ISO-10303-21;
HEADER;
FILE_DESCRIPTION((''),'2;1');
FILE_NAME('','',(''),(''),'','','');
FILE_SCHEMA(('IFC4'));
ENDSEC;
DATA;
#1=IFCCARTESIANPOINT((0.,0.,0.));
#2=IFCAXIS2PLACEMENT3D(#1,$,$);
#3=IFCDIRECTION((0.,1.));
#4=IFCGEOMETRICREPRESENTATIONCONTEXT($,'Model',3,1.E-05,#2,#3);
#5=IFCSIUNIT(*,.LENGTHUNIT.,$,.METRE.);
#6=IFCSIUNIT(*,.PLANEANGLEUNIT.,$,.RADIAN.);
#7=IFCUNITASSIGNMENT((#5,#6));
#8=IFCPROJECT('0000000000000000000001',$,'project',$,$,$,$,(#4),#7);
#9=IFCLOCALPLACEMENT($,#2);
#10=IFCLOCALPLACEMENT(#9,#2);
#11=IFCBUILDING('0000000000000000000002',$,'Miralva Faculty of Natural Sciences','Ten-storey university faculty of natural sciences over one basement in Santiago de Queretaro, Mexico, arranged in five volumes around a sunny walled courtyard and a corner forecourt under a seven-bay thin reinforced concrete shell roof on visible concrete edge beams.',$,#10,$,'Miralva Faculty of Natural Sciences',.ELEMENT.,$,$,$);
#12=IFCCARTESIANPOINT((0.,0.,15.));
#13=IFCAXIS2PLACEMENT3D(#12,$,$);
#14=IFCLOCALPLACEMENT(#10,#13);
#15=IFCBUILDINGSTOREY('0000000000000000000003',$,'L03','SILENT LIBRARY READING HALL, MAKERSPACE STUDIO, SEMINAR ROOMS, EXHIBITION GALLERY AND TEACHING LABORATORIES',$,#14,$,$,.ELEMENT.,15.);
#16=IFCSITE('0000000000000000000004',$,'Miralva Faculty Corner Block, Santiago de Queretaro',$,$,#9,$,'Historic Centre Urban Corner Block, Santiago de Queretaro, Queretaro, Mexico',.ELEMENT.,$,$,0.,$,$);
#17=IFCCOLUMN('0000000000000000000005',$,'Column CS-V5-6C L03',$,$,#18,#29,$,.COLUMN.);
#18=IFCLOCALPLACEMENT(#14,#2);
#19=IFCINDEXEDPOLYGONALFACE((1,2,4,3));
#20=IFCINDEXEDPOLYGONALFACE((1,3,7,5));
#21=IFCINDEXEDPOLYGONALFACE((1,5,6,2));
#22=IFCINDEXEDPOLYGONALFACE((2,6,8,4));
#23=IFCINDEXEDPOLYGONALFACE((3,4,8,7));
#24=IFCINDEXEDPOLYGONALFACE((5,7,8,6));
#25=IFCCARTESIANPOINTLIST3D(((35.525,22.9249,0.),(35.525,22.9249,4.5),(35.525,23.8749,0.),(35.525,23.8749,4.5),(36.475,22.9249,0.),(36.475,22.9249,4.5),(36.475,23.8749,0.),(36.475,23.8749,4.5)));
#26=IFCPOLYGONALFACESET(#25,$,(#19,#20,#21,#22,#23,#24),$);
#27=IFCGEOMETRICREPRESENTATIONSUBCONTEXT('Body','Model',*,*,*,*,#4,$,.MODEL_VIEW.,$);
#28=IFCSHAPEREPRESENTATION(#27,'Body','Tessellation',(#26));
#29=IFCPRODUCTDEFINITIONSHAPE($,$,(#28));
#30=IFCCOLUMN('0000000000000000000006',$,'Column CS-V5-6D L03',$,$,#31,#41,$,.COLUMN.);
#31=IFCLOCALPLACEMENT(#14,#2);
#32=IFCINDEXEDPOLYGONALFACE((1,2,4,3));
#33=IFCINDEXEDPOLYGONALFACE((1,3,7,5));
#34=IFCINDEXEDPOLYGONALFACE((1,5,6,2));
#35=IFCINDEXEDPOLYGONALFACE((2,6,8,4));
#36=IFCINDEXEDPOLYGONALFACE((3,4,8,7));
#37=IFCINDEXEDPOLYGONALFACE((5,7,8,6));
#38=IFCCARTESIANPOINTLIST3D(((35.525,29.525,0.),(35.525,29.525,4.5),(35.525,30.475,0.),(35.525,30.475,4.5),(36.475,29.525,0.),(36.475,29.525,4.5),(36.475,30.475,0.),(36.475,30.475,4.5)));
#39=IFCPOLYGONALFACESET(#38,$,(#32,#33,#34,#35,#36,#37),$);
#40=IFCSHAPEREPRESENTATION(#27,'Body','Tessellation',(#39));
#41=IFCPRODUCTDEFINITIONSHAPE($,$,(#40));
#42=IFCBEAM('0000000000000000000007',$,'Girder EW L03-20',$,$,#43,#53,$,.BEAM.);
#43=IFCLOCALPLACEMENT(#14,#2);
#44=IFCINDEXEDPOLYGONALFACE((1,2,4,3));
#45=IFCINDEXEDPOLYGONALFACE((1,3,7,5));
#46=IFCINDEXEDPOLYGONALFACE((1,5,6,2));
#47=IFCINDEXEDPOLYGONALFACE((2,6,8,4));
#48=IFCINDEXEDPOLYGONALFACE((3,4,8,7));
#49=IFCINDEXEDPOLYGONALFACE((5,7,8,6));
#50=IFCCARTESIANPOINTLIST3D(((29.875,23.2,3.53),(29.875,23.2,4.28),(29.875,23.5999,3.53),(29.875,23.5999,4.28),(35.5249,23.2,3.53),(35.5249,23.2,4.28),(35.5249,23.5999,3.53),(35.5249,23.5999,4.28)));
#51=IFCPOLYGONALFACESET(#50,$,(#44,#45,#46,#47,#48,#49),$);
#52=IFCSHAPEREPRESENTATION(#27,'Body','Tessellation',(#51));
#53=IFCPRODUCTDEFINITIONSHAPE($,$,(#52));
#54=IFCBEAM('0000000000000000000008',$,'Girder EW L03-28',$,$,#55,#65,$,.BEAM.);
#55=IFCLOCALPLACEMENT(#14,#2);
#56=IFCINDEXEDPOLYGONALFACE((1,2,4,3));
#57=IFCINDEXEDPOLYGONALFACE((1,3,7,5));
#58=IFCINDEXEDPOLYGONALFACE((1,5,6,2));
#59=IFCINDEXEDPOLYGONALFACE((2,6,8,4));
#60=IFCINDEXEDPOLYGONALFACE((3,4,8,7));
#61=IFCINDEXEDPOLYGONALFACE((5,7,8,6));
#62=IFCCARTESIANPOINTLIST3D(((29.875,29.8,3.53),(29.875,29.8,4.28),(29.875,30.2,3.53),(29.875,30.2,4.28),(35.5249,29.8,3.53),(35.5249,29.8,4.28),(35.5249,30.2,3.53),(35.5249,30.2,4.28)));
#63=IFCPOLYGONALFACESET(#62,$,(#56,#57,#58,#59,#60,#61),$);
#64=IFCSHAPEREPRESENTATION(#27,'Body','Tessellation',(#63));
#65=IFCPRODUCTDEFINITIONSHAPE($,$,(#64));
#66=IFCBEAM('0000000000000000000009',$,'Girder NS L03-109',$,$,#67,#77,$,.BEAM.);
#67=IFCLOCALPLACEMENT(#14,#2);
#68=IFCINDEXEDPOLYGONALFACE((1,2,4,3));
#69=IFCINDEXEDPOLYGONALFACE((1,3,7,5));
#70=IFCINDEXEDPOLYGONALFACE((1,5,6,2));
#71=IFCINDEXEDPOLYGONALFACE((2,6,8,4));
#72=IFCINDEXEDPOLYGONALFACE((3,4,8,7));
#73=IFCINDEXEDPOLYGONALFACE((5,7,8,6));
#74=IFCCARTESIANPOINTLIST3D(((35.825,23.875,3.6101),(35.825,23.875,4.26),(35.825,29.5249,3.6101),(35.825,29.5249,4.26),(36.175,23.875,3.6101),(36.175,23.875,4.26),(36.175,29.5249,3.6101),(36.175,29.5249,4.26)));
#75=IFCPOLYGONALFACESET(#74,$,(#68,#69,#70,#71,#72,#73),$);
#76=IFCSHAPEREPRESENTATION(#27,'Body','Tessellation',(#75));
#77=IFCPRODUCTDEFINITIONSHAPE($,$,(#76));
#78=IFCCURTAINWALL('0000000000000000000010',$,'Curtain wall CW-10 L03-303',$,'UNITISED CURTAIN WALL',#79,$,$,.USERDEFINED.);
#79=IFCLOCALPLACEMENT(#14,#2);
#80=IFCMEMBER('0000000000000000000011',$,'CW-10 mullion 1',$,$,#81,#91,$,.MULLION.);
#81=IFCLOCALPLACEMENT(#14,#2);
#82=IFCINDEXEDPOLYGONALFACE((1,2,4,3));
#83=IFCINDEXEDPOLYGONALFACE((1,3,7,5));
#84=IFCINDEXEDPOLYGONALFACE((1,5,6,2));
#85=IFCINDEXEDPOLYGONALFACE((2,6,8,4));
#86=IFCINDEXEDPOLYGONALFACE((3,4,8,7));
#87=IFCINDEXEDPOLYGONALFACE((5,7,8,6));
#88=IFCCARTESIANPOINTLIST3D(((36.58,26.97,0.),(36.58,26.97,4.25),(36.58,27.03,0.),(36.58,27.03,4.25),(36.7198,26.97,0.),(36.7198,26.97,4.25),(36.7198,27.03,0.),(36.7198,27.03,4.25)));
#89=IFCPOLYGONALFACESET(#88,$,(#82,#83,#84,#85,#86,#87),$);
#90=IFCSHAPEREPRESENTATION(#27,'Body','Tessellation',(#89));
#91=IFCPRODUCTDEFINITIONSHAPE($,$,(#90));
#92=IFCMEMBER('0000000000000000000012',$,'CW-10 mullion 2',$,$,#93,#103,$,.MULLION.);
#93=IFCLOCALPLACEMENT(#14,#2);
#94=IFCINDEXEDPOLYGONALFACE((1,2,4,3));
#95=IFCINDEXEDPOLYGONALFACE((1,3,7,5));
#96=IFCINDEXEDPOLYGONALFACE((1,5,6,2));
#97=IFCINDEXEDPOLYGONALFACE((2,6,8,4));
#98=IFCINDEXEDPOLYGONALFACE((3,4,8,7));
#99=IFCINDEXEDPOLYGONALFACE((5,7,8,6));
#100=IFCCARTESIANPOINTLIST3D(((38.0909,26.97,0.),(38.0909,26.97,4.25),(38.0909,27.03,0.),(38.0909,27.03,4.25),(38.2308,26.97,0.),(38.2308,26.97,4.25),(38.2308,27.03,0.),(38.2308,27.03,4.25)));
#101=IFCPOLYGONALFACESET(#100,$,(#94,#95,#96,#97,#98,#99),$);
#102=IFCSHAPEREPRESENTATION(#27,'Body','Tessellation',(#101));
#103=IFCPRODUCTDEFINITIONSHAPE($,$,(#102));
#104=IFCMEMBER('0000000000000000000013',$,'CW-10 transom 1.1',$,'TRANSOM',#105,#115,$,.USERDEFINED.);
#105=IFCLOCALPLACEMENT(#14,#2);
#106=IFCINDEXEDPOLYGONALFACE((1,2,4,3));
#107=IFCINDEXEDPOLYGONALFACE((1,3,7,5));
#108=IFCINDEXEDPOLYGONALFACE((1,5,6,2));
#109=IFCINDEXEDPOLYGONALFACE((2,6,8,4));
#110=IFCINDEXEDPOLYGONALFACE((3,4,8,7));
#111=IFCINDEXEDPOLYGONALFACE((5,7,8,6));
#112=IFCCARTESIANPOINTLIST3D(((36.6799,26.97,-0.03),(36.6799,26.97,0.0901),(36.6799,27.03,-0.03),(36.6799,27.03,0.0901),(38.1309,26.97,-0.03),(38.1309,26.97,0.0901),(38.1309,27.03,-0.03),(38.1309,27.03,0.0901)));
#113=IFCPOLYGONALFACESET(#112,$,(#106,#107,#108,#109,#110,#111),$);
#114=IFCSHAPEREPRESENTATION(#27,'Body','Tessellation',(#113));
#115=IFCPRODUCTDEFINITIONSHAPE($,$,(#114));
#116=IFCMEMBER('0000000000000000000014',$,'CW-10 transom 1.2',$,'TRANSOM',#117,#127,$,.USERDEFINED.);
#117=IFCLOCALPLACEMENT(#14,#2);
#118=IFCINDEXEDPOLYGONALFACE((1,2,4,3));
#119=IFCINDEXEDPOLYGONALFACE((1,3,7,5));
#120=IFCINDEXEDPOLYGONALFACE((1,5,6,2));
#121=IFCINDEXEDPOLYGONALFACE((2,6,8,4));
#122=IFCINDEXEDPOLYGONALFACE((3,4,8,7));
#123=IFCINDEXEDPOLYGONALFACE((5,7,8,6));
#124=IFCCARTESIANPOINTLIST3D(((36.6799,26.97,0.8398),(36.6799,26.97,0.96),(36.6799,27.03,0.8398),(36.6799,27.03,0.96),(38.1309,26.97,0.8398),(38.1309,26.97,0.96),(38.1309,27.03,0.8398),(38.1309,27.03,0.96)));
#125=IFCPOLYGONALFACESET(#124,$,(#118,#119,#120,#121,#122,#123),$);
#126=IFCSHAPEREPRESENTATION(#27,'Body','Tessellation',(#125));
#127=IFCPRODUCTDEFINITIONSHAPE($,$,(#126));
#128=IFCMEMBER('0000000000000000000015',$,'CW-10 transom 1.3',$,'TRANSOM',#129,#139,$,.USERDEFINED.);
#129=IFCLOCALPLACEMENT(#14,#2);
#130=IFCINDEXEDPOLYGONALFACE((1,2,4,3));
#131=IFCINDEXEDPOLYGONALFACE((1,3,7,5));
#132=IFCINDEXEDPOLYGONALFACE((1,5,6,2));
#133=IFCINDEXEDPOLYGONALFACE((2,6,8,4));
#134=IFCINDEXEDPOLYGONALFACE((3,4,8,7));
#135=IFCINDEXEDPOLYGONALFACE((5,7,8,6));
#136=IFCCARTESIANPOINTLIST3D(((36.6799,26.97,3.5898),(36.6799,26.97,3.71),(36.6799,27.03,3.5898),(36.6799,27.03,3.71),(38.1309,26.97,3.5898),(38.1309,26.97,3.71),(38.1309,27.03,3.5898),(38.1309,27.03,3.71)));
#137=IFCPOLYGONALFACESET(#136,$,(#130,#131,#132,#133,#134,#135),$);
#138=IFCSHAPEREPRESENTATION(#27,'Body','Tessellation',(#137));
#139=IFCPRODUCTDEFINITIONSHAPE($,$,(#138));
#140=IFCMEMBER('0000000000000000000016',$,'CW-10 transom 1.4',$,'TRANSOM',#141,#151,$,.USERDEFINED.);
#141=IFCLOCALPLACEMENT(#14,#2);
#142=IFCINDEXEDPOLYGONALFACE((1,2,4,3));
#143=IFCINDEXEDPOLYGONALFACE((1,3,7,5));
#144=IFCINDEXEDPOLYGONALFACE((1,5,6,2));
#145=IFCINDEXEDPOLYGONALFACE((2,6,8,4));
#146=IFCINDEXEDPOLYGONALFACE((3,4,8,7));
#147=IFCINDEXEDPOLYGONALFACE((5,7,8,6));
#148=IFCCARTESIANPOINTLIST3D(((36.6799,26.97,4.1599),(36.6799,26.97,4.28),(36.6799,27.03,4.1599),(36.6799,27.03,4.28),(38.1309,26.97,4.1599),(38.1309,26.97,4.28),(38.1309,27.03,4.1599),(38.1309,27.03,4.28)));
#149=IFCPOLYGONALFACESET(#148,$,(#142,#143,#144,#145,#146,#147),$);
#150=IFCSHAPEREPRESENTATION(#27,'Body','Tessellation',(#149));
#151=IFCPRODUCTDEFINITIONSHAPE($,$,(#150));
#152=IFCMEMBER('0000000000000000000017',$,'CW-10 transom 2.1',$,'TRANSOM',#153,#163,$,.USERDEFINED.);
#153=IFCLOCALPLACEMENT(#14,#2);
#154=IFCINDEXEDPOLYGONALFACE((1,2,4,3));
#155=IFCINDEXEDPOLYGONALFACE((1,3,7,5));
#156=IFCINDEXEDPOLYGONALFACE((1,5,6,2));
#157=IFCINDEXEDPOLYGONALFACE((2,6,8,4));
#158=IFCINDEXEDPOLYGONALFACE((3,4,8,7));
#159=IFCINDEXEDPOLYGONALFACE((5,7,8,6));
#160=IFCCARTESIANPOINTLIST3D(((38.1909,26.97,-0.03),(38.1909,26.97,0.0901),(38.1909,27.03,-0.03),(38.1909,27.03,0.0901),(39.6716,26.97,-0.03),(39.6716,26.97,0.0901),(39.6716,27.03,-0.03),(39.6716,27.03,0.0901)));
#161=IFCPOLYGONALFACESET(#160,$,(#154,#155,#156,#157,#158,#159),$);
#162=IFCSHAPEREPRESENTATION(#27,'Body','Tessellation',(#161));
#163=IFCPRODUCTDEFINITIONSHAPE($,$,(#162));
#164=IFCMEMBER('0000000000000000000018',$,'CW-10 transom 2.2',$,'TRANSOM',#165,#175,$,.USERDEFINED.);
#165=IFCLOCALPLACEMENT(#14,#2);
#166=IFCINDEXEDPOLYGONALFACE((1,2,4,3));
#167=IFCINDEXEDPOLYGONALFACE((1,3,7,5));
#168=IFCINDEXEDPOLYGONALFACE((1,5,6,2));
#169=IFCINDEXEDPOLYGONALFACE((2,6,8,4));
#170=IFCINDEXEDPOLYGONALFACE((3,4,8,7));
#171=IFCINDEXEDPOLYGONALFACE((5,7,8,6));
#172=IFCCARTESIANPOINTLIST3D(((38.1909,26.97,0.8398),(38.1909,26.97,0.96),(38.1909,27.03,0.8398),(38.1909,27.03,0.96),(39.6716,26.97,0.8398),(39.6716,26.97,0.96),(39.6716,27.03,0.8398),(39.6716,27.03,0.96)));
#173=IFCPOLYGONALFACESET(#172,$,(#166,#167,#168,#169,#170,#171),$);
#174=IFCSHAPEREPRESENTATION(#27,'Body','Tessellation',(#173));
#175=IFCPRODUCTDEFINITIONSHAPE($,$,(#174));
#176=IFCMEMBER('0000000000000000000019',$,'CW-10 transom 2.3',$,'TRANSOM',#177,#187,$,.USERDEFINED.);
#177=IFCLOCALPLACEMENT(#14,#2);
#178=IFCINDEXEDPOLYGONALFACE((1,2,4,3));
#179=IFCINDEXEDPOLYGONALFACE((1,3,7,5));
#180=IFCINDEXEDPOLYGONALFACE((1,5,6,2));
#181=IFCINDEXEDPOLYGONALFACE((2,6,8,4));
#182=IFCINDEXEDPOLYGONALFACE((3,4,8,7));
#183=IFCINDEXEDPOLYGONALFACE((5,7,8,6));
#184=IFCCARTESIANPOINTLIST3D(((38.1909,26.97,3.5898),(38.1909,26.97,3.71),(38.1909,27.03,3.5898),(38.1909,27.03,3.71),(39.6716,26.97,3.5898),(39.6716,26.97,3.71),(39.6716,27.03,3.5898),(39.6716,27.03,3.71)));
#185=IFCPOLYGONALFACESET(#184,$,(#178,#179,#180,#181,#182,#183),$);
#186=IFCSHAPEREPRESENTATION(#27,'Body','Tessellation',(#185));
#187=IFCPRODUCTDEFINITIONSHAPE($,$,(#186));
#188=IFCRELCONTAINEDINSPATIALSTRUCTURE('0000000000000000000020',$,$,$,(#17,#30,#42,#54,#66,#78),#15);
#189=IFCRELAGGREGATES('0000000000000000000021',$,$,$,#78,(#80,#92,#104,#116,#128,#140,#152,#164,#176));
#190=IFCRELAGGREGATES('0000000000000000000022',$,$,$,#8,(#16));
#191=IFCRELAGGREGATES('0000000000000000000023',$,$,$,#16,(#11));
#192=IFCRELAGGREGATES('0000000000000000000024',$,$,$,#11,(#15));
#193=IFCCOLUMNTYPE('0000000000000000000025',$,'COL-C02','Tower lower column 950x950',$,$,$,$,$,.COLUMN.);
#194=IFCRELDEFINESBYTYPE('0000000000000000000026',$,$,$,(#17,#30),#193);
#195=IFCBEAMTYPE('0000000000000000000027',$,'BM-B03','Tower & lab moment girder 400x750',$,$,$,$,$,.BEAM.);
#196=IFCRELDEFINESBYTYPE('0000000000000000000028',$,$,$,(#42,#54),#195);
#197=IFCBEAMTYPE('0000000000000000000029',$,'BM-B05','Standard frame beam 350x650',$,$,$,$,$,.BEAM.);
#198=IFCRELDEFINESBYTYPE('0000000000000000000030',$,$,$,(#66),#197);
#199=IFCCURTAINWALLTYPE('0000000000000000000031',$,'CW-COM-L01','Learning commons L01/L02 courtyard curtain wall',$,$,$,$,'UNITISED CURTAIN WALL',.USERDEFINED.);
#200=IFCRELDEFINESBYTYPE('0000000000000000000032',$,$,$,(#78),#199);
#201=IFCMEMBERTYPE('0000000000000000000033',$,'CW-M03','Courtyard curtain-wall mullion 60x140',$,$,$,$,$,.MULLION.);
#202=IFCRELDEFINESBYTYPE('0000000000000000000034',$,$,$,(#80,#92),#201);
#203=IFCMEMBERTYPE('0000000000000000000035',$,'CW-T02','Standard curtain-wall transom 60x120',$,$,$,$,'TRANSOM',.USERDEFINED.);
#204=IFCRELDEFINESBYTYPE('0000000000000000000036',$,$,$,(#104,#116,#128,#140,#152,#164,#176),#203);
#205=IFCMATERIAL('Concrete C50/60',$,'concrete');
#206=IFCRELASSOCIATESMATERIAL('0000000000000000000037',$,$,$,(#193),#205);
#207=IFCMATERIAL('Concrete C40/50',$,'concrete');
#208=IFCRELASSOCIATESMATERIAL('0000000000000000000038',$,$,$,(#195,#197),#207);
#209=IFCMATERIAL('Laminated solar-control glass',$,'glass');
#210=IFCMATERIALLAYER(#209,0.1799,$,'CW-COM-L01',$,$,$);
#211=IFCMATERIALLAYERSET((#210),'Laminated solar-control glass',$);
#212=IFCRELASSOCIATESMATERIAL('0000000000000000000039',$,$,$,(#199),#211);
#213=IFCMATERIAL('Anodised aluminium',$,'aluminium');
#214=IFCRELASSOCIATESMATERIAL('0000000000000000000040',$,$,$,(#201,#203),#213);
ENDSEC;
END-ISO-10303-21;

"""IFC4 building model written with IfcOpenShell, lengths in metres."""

from ifc_helpers import new_model, si_unit, direction, frame, origin, origin_2d, place, context, subcontext, project, spatial, rectangle, extrude, material, layer, layer_set, material_profile, profile_set, type_object, element, aggregate, save


model = new_model("IFC4")

# Units and contexts
model_context = context("Model", 3, precision=1e-05, world=origin(), true_north=direction((0.0, 1.0)))
body_context = subcontext(model_context, "Body", "Model", "MODEL_VIEW")
ifc_project = project(units=[si_unit("LENGTHUNIT", "METRE"), si_unit("PLANEANGLEUNIT", "RADIAN")], contexts=[model_context])

# Site, building, storey
site_placement = place(None, origin())
site = spatial("IfcSite", under=ifc_project, at=site_placement, Name="Miralva Faculty Corner Block, Santiago de Queretaro", LongName="Historic Centre Urban Corner Block, Santiago de Queretaro, Queretaro, Mexico", CompositionType="ELEMENT", RefElevation=0.0)
building_placement = place(site_placement, origin())
building = spatial("IfcBuilding", under=site, at=building_placement, Name="Miralva Faculty of Natural Sciences", Description="Ten-storey university faculty of natural sciences over one basement in Santiago de Queretaro, Mexico, arranged in five volumes around a sunny walled courtyard and a corner forecourt under a seven-bay thin reinforced concrete shell roof on visible concrete edge beams.", LongName="Miralva Faculty of Natural Sciences", CompositionType="ELEMENT")
storey_placement = place(building_placement, frame((0.0, 0.0, 15.0)))
storey = spatial("IfcBuildingStorey", under=building, at=storey_placement, Name="L03", Description="SILENT LIBRARY READING HALL, MAKERSPACE STUDIO, SEMINAR ROOMS, EXHIBITION GALLERY AND TEACHING LABORATORIES", CompositionType="ELEMENT", Elevation=15.0)

# Columns
ifc_material_1 = material(Name="Concrete C50/60", Category="concrete")
ifc_material_profile_1 = material_profile(ifc_material_1, rectangle(XDim=0.95, YDim=0.95, at=origin_2d()), Name="RC 950x950")
ifc_profile_set_1 = profile_set([ifc_material_profile_1], Name="Concrete C50/60")
column_type = type_object("IfcColumnType", Name="COL-C02", Description="Tower lower column 950x950", PredefinedType="COLUMN", material=ifc_profile_set_1)
for number, where, z_axis, x_axis, name in (
    (1, (36.0, 23.3999, 0.0), (0.0, 0.0, 1.0), (1.0, 0.0, 0.0), "Column CS-V5-6C L03"),
    (2, (36.0, 30.0, 0.0), (0.0, 0.0, 1.0), (1.0, 0.0, 0.0), "Column CS-V5-6D L03"),
):
    element("IfcColumn", number, at=place(storey_placement, frame(where, z_axis=z_axis, x_axis=x_axis)), inside=storey, type_object=column_type, Name=name, PredefinedType="COLUMN", context=body_context, shape_type="SweptSolid", body=[
        extrude(rectangle(XDim=0.95, YDim=0.95, at=origin_2d()), origin(), (0.0, 0.0, 1.0), 4.5),
    ])

# Beams
ifc_material_2 = material(Name="Concrete C40/50", Category="concrete")
ifc_material_profile_2 = material_profile(ifc_material_2, rectangle(XDim=0.3999, YDim=0.75, at=origin_2d()), Name="RC 400x750")
ifc_profile_set_2 = profile_set([ifc_material_profile_2], Name="Concrete C40/50")
beam_type_1 = type_object("IfcBeamType", Name="BM-B03", Description="Tower & lab moment girder 400x750", PredefinedType="BEAM", material=ifc_profile_set_2)
for number, where, z_axis, x_axis, name in (
    (3, (29.875, 23.3999, 3.905), (1.0, 0.0, 0.0), (0.0, 1.0, 0.0), "Girder EW L03-20"),
    (4, (29.875, 30.0, 3.905), (1.0, 0.0, 0.0), (0.0, 1.0, 0.0), "Girder EW L03-28"),
):
    element("IfcBeam", number, at=place(storey_placement, frame(where, z_axis=z_axis, x_axis=x_axis)), inside=storey, type_object=beam_type_1, Name=name, PredefinedType="BEAM", context=body_context, shape_type="SweptSolid", body=[
        extrude(rectangle(XDim=0.3999, YDim=0.75, at=origin_2d()), origin(), (0.0, 0.0, 1.0), 5.6499),
    ])
ifc_material_profile_3 = material_profile(ifc_material_2, rectangle(XDim=0.3501, YDim=0.6499, at=origin_2d()), Name="RC 350x650")
ifc_profile_set_3 = profile_set([ifc_material_profile_3], Name="Concrete C40/50")
beam_type_2 = type_object("IfcBeamType", Name="BM-B05", Description="Standard frame beam 350x650", PredefinedType="BEAM", material=ifc_profile_set_3)
beam_placement = place(storey_placement, frame((36.0, 23.875, 3.9351), z_axis=(0.0, 1.0, 0.0), x_axis=(-1.0, 0.0, 0.0)))
element("IfcBeam", 5, at=beam_placement, inside=storey, type_object=beam_type_2, Name="Girder NS L03-109", PredefinedType="BEAM", context=body_context, shape_type="SweptSolid", body=[
    extrude(rectangle(XDim=0.3501, YDim=0.6499, at=origin_2d()), origin(), (0.0, 0.0, 1.0), 5.6499),
])

# Curtain wall, members
ifc_material_3 = material(Name="Laminated solar-control glass", Category="glass")
ifc_layer_1 = layer(ifc_material_3, 0.1799, Name="CW-COM-L01")
ifc_layer_set_1 = layer_set([ifc_layer_1], Name="Laminated solar-control glass")
curtain_wall_type = type_object("IfcCurtainWallType", Name="CW-COM-L01", Description="Learning commons L01/L02 courtyard curtain wall", ElementType="UNITISED CURTAIN WALL", PredefinedType="USERDEFINED", material=ifc_layer_set_1)
curtain_wall_placement = place(storey_placement, origin())
curtain_wall = element("IfcCurtainWall", 6, at=curtain_wall_placement, inside=storey, type_object=curtain_wall_type, Name="Curtain wall CW-10 L03-303", ObjectType="UNITISED CURTAIN WALL", PredefinedType="USERDEFINED")
ifc_material_4 = material(Name="Anodised aluminium", Category="aluminium")
ifc_material_profile_4 = material_profile(ifc_material_4, rectangle(XDim=0.0601, YDim=0.1399, at=origin_2d()), Name="MULLION 60x140")
ifc_profile_set_4 = profile_set([ifc_material_profile_4], Name="Anodised aluminium")
member_type_1 = type_object("IfcMemberType", Name="CW-M03", Description="Courtyard curtain-wall mullion 60x140", PredefinedType="MULLION", material=ifc_profile_set_4)
member_1_placement = place(storey_placement, frame((36.6499, 27.0, 0.0), z_axis=(0.0, 0.0, 1.0), x_axis=(0.0, 1.0, 0.0)))
member_1 = element("IfcMember", 7, at=member_1_placement, type_object=member_type_1, Name="CW-10 mullion 1", PredefinedType="MULLION", context=body_context, shape_type="SweptSolid", body=[
    extrude(rectangle(XDim=0.0601, YDim=0.1399, at=origin_2d()), origin(), (0.0, 0.0, 1.0), 4.25),
])
member_2_placement = place(storey_placement, frame((38.1609, 27.0, 0.0), z_axis=(0.0, 0.0, 1.0), x_axis=(0.0, 1.0, 0.0)))
member_2 = element("IfcMember", 8, at=member_2_placement, type_object=member_type_1, Name="CW-10 mullion 2", PredefinedType="MULLION", context=body_context, shape_type="SweptSolid", body=[
    extrude(rectangle(XDim=0.0601, YDim=0.1399, at=origin_2d()), origin(), (0.0, 0.0, 1.0), 4.25),
])
ifc_material_profile_5 = material_profile(ifc_material_4, rectangle(XDim=0.0601, YDim=0.1201, at=origin_2d()), Name="TRANSOM 60x120")
ifc_profile_set_5 = profile_set([ifc_material_profile_5], Name="Anodised aluminium")
member_type_2 = type_object("IfcMemberType", Name="CW-T02", Description="Standard curtain-wall transom 60x120", ElementType="TRANSOM", PredefinedType="USERDEFINED", material=ifc_profile_set_5)
member_3_placement = place(storey_placement, frame((36.6799, 27.0, 0.03), z_axis=(1.0, 0.0, 0.0), x_axis=(0.0, 1.0, 0.0)))
member_3 = element("IfcMember", 9, at=member_3_placement, type_object=member_type_2, Name="CW-10 transom 1.1", ObjectType="TRANSOM", PredefinedType="USERDEFINED", context=body_context, shape_type="SweptSolid", body=[
    extrude(rectangle(XDim=0.0601, YDim=0.1201, at=origin_2d()), origin(), (0.0, 0.0, 1.0), 1.4509),
])
member_4_placement = place(storey_placement, frame((36.6799, 27.0, 0.8999), z_axis=(1.0, 0.0, 0.0), x_axis=(0.0, 1.0, 0.0)))
member_4 = element("IfcMember", 10, at=member_4_placement, type_object=member_type_2, Name="CW-10 transom 1.2", ObjectType="TRANSOM", PredefinedType="USERDEFINED", context=body_context, shape_type="SweptSolid", body=[
    extrude(rectangle(XDim=0.0601, YDim=0.1201, at=origin_2d()), origin(), (0.0, 0.0, 1.0), 1.4509),
])
member_5_placement = place(storey_placement, frame((36.6799, 27.0, 3.6499), z_axis=(1.0, 0.0, 0.0), x_axis=(0.0, 1.0, 0.0)))
member_5 = element("IfcMember", 11, at=member_5_placement, type_object=member_type_2, Name="CW-10 transom 1.3", ObjectType="TRANSOM", PredefinedType="USERDEFINED", context=body_context, shape_type="SweptSolid", body=[
    extrude(rectangle(XDim=0.0601, YDim=0.1201, at=origin_2d()), origin(), (0.0, 0.0, 1.0), 1.4509),
])
member_6_placement = place(storey_placement, frame((36.6799, 27.0, 4.22), z_axis=(1.0, 0.0, 0.0), x_axis=(0.0, 1.0, 0.0)))
member_6 = element("IfcMember", 12, at=member_6_placement, type_object=member_type_2, Name="CW-10 transom 1.4", ObjectType="TRANSOM", PredefinedType="USERDEFINED", context=body_context, shape_type="SweptSolid", body=[
    extrude(rectangle(XDim=0.0601, YDim=0.1201, at=origin_2d()), origin(), (0.0, 0.0, 1.0), 1.4509),
])
member_7_placement = place(storey_placement, frame((38.1909, 27.0, 0.03), z_axis=(1.0, 0.0, 0.0), x_axis=(0.0, 1.0, 0.0)))
member_7 = element("IfcMember", 13, at=member_7_placement, type_object=member_type_2, Name="CW-10 transom 2.1", ObjectType="TRANSOM", PredefinedType="USERDEFINED", context=body_context, shape_type="SweptSolid", body=[
    extrude(rectangle(XDim=0.0601, YDim=0.1201, at=origin_2d()), origin(), (0.0, 0.0, 1.0), 1.4807),
])
member_8_placement = place(storey_placement, frame((38.1909, 27.0, 0.8999), z_axis=(1.0, 0.0, 0.0), x_axis=(0.0, 1.0, 0.0)))
member_8 = element("IfcMember", 14, at=member_8_placement, type_object=member_type_2, Name="CW-10 transom 2.2", ObjectType="TRANSOM", PredefinedType="USERDEFINED", context=body_context, shape_type="SweptSolid", body=[
    extrude(rectangle(XDim=0.0601, YDim=0.1201, at=origin_2d()), origin(), (0.0, 0.0, 1.0), 1.4807),
])
member_9_placement = place(storey_placement, frame((38.1909, 27.0, 3.6499), z_axis=(1.0, 0.0, 0.0), x_axis=(0.0, 1.0, 0.0)))
member_9 = element("IfcMember", 15, at=member_9_placement, type_object=member_type_2, Name="CW-10 transom 2.3", ObjectType="TRANSOM", PredefinedType="USERDEFINED", context=body_context, shape_type="SweptSolid", body=[
    extrude(rectangle(XDim=0.0601, YDim=0.1201, at=origin_2d()), origin(), (0.0, 0.0, 1.0), 1.4807),
])
aggregate(curtain_wall, [member_1, member_2, member_3, member_4, member_5, member_6, member_7, member_8, member_9])

save(model, "model.ifc")
